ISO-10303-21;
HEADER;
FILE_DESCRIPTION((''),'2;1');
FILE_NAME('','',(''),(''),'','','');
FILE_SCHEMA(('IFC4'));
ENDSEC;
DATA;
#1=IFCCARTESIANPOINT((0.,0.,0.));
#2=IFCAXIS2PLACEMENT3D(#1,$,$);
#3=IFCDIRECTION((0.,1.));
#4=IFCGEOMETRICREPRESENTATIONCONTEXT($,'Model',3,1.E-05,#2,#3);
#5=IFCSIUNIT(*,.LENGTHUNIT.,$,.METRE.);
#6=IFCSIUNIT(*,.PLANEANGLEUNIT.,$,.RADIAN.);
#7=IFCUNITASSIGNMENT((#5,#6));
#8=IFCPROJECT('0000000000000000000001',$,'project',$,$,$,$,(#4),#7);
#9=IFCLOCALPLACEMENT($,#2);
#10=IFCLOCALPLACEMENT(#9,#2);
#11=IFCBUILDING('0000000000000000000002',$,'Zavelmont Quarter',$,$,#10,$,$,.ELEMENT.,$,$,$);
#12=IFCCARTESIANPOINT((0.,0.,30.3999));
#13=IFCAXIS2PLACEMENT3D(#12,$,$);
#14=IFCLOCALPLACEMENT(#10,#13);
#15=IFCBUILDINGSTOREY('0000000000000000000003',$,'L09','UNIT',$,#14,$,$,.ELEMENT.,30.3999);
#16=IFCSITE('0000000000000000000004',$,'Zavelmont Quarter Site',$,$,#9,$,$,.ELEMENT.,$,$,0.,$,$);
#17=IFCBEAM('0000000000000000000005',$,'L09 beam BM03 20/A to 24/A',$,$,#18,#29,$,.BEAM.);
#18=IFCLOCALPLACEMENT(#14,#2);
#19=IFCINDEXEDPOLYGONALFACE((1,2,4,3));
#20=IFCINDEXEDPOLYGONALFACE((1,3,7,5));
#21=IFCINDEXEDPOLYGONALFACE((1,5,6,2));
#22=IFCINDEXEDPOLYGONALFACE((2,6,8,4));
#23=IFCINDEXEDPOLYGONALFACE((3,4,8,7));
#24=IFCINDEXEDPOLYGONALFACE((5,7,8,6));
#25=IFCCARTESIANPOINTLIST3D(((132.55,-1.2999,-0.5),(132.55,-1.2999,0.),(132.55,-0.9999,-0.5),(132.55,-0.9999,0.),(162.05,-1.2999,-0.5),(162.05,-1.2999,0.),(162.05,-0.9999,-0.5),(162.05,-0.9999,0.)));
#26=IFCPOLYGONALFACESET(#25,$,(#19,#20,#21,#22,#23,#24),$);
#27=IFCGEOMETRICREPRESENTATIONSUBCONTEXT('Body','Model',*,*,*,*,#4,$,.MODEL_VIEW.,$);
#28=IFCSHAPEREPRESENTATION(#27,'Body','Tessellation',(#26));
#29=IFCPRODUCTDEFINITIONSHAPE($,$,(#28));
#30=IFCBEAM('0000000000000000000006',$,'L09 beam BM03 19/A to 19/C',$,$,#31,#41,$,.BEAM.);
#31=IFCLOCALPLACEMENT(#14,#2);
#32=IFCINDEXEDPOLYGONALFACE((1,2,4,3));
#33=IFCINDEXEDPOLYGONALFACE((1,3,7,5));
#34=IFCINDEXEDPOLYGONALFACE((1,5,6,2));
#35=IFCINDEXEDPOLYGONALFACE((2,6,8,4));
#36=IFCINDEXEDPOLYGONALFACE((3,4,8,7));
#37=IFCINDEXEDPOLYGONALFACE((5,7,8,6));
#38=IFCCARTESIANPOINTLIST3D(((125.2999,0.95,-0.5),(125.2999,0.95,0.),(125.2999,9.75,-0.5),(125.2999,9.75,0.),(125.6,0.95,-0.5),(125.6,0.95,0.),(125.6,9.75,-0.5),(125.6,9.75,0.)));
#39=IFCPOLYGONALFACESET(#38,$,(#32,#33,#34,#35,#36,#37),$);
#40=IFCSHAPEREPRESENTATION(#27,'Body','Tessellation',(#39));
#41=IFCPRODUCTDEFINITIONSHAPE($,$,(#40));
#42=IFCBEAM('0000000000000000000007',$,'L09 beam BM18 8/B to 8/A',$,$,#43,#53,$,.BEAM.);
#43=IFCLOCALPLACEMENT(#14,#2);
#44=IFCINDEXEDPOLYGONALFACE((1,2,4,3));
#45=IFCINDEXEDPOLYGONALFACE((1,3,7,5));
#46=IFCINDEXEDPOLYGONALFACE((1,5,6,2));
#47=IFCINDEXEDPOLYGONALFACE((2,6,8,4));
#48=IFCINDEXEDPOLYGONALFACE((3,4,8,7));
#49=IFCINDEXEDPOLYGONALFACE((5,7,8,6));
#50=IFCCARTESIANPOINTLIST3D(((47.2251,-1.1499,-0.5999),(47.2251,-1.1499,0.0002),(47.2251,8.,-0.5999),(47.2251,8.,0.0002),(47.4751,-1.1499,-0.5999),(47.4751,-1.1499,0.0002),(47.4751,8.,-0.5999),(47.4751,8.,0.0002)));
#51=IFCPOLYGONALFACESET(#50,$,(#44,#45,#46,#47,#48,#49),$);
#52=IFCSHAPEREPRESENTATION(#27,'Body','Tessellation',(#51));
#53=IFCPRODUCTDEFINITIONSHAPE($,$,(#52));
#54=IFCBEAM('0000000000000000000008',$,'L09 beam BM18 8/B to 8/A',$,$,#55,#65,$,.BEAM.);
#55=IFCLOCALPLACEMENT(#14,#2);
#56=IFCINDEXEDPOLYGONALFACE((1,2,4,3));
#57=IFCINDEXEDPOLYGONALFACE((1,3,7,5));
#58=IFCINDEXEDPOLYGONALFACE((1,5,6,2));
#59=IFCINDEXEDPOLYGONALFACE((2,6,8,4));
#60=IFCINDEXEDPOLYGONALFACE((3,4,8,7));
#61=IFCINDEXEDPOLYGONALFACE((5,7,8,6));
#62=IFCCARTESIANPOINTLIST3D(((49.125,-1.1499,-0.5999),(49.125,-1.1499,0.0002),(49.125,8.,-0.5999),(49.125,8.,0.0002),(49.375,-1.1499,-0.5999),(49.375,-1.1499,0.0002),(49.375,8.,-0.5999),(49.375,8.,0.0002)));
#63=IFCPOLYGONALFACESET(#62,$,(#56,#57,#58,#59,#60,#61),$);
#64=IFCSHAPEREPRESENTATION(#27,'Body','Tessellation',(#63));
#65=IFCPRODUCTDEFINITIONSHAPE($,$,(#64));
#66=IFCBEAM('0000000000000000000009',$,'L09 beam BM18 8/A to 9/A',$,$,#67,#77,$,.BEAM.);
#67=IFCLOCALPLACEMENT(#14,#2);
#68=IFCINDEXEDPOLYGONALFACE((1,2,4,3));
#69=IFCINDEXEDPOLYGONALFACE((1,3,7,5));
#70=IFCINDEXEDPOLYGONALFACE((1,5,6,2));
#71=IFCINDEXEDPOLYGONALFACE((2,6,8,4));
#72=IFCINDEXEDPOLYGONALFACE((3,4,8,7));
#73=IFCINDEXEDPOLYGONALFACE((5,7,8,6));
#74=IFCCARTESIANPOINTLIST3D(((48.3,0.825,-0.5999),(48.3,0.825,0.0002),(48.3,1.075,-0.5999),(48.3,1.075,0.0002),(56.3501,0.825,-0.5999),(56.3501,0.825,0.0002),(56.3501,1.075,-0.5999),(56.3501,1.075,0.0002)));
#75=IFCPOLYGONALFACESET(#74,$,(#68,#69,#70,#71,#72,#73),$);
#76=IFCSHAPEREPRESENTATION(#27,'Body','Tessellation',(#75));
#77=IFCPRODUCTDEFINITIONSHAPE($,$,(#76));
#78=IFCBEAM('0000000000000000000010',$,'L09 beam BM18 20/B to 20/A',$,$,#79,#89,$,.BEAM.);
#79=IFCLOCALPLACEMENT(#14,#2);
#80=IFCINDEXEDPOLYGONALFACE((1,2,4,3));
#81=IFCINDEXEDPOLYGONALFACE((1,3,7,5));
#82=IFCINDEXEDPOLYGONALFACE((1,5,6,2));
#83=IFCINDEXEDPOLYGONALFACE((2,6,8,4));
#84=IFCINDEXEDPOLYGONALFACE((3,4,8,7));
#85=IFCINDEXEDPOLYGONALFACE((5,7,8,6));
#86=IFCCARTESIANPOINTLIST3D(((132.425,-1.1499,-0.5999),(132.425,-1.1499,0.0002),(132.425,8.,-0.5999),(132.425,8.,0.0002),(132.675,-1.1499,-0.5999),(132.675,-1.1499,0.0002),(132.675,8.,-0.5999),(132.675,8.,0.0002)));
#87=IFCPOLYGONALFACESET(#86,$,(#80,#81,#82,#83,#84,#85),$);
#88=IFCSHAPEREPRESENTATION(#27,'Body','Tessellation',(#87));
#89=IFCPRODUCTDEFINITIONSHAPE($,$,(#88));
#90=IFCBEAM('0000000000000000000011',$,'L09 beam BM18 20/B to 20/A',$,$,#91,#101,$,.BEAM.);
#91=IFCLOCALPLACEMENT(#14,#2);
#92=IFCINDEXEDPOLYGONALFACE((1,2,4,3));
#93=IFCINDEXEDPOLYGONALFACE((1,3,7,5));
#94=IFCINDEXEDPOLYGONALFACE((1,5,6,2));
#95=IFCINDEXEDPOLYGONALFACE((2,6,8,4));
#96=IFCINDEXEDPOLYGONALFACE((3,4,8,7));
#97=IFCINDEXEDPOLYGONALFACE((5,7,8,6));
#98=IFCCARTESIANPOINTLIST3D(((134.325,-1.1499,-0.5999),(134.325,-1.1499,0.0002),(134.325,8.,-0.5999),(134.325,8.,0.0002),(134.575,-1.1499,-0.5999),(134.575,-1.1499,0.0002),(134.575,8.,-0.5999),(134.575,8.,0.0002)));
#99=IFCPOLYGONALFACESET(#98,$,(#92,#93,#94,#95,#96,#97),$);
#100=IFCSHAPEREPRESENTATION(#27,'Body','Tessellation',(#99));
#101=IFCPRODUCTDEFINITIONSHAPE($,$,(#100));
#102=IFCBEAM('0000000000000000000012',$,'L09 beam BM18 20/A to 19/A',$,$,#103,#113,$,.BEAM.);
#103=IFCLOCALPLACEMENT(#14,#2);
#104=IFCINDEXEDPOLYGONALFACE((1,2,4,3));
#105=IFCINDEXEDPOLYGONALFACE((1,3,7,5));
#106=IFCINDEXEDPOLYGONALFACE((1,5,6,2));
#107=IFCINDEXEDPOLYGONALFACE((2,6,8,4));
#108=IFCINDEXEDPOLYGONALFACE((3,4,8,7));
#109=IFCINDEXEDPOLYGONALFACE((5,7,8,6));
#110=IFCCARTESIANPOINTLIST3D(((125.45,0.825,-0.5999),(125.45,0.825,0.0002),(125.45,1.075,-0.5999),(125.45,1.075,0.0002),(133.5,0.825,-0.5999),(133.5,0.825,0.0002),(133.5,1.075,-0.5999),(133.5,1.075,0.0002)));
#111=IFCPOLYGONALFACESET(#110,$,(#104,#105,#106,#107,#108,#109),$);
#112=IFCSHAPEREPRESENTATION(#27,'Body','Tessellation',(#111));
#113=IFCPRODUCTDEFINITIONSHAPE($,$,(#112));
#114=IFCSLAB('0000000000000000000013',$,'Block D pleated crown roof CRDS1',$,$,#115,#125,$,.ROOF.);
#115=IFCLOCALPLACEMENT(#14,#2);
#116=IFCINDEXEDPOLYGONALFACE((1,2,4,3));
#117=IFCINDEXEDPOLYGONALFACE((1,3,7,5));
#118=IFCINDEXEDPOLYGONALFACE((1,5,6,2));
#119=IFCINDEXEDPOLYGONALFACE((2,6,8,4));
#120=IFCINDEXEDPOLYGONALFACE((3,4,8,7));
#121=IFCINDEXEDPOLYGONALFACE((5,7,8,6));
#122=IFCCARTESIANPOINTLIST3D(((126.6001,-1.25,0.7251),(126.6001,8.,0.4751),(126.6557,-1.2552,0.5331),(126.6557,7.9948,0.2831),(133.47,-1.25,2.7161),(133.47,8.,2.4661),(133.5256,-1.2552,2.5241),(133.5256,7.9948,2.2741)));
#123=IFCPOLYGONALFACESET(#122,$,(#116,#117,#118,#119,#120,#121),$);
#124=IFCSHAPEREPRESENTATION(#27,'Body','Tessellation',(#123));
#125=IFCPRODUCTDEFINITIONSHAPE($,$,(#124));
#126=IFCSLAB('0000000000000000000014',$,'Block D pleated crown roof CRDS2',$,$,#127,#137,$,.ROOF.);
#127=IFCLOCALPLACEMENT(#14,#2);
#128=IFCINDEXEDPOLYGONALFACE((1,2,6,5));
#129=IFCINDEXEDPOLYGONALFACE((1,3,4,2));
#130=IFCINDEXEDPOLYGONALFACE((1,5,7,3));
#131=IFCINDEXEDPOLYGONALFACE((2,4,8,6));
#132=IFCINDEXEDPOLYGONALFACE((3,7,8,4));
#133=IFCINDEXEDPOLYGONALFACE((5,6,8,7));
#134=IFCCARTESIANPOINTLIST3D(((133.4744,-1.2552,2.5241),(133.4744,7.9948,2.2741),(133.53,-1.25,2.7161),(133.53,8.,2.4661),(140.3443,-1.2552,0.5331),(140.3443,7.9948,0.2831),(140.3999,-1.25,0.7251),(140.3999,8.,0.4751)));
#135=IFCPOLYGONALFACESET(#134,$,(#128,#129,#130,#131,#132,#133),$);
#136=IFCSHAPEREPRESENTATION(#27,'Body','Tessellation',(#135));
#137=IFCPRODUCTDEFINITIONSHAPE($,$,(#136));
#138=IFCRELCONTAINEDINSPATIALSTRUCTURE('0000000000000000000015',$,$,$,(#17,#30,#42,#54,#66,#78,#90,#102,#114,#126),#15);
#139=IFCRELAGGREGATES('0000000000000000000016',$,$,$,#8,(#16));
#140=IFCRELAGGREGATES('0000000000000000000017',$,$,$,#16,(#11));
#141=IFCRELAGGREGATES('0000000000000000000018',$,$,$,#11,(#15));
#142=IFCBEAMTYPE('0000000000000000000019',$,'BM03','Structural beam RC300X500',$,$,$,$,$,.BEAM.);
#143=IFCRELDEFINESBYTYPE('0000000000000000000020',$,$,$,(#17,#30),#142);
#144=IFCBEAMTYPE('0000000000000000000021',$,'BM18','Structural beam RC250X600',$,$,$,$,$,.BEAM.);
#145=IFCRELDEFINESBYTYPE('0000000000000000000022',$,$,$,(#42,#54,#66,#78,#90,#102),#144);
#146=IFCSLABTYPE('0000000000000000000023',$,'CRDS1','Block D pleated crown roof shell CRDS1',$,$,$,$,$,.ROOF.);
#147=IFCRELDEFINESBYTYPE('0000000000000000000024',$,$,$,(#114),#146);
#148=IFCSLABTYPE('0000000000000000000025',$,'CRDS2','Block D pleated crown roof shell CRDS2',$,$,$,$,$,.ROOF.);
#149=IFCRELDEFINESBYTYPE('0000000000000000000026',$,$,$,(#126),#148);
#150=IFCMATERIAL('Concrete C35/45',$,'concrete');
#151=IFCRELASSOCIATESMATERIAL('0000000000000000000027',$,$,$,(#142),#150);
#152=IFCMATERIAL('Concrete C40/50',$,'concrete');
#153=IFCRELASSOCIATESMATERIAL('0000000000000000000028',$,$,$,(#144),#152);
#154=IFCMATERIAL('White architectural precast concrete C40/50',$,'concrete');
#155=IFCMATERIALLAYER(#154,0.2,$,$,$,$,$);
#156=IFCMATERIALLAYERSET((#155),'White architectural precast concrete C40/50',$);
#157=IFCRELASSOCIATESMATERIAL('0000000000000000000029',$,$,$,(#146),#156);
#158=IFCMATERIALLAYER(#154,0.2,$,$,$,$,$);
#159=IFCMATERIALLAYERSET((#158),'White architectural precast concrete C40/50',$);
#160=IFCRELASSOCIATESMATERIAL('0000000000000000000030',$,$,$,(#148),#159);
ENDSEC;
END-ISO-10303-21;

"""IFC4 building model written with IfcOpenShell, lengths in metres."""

from ifc_helpers import new_model, si_unit, direction, frame, origin, origin_2d, place, context, subcontext, project, spatial, polyline, rectangle, outline, extrude, material, layer, layer_set, material_profile, profile_set, type_object, element, save


model = new_model("IFC4")

# Units and contexts
model_context = context("Model", 3, precision=1e-05, world=origin(), true_north=direction((0.0, 1.0)))
body_context = subcontext(model_context, "Body", "Model", "MODEL_VIEW")
ifc_project = project(units=[si_unit("LENGTHUNIT", "METRE"), si_unit("PLANEANGLEUNIT", "RADIAN")], contexts=[model_context])

# Site, building, storey
site_placement = place(None, origin())
site = spatial("IfcSite", under=ifc_project, at=site_placement, Name="Zavelmont Quarter Site", CompositionType="ELEMENT", RefElevation=0.0)
building_placement = place(site_placement, origin())
building = spatial("IfcBuilding", under=site, at=building_placement, Name="Zavelmont Quarter", CompositionType="ELEMENT")
storey_placement = place(building_placement, frame((0.0, 0.0, 30.3999)))
storey = spatial("IfcBuildingStorey", under=building, at=storey_placement, Name="L09", Description="UNIT", CompositionType="ELEMENT", Elevation=30.3999)

# Shared definitions
ifc_material_1 = material(Name="Concrete C35/45", Category="concrete")

# Beams
ifc_material_profile_1 = material_profile(ifc_material_1, rectangle(XDim=0.3, YDim=0.5, at=origin_2d()), Name="RC300X500")
ifc_profile_set_1 = profile_set([ifc_material_profile_1], Name="Concrete C35/45")
beam_type_1 = type_object("IfcBeamType", Name="BM03", Description="Structural beam RC300X500", PredefinedType="BEAM", material=ifc_profile_set_1)
beam_1_placement = place(storey_placement, frame((132.55, -1.1499, -0.25), z_axis=(1.0, 0.0, 0.0), x_axis=(0.0, 1.0, 0.0)))
element("IfcBeam", 1, at=beam_1_placement, inside=storey, type_object=beam_type_1, Name="L09 beam BM03 20/A to 24/A", PredefinedType="BEAM", context=body_context, shape_type="SweptSolid", body=[
    extrude(rectangle(XDim=0.3, YDim=0.5, at=origin_2d()), origin(), (0.0, 0.0, 1.0), 29.5),
])
beam_2_placement = place(storey_placement, frame((125.45, 0.95, -0.25), z_axis=(0.0, 1.0, 0.0), x_axis=(-1.0, 0.0, 0.0)))
element("IfcBeam", 2, at=beam_2_placement, inside=storey, type_object=beam_type_1, Name="L09 beam BM03 19/A to 19/C", PredefinedType="BEAM", context=body_context, shape_type="SweptSolid", body=[
    extrude(rectangle(XDim=0.3, YDim=0.5, at=origin_2d()), origin(), (0.0, 0.0, 1.0), 8.8),
])
ifc_material_2 = material(Name="Concrete C40/50", Category="concrete")
ifc_material_profile_2 = material_profile(ifc_material_2, rectangle(XDim=0.25, YDim=0.6001, at=origin_2d()), Name="RC250X600")
ifc_profile_set_2 = profile_set([ifc_material_profile_2], Name="Concrete C40/50")
beam_type_2 = type_object("IfcBeamType", Name="BM18", Description="Structural beam RC250X600", PredefinedType="BEAM", material=ifc_profile_set_2)
for number, where, z_axis, x_axis, name in (
    (3, (47.3501, 8.0, -0.2998), (0.0, -1.0, 0.0), (1.0, 0.0, 0.0), "L09 beam BM18 8/B to 8/A"),
    (4, (49.25, 8.0, -0.2998), (0.0, -1.0, 0.0), (1.0, 0.0, 0.0), "L09 beam BM18 8/B to 8/A"),
):
    element("IfcBeam", number, at=place(storey_placement, frame(where, z_axis=z_axis, x_axis=x_axis)), inside=storey, type_object=beam_type_2, Name=name, PredefinedType="BEAM", context=body_context, shape_type="SweptSolid", body=[
        extrude(rectangle(XDim=0.25, YDim=0.6001, at=origin_2d()), origin(), (0.0, 0.0, 1.0), 9.1499),
    ])
beam_3_placement = place(storey_placement, frame((48.3, 0.95, -0.2998), z_axis=(1.0, 0.0, 0.0), x_axis=(0.0, 1.0, 0.0)))
element("IfcBeam", 5, at=beam_3_placement, inside=storey, type_object=beam_type_2, Name="L09 beam BM18 8/A to 9/A", PredefinedType="BEAM", context=body_context, shape_type="SweptSolid", body=[
    extrude(rectangle(XDim=0.25, YDim=0.6001, at=origin_2d()), origin(), (0.0, 0.0, 1.0), 8.05),
])
for number, where, z_axis, x_axis, name in (
    (6, (132.55, 8.0, -0.2998), (0.0, -1.0, 0.0), (1.0, 0.0, 0.0), "L09 beam BM18 20/B to 20/A"),
    (7, (134.45, 8.0, -0.2998), (0.0, -1.0, 0.0), (1.0, 0.0, 0.0), "L09 beam BM18 20/B to 20/A"),
):
    element("IfcBeam", number, at=place(storey_placement, frame(where, z_axis=z_axis, x_axis=x_axis)), inside=storey, type_object=beam_type_2, Name=name, PredefinedType="BEAM", context=body_context, shape_type="SweptSolid", body=[
        extrude(rectangle(XDim=0.25, YDim=0.6001, at=origin_2d()), origin(), (0.0, 0.0, 1.0), 9.1499),
    ])
beam_4_placement = place(storey_placement, frame((133.5, 0.95, -0.2998), z_axis=(-1.0, 0.0, 0.0), x_axis=(0.0, -1.0, 0.0)))
element("IfcBeam", 8, at=beam_4_placement, inside=storey, type_object=beam_type_2, Name="L09 beam BM18 20/A to 19/A", PredefinedType="BEAM", context=body_context, shape_type="SweptSolid", body=[
    extrude(rectangle(XDim=0.25, YDim=0.6001, at=origin_2d()), origin(), (0.0, 0.0, 1.0), 8.05),
])

# Slabs
ifc_material_3 = material(Name="White architectural precast concrete C40/50", Category="concrete")
ifc_layer_1 = layer(ifc_material_3, 0.2)
ifc_layer_set_1 = layer_set([ifc_layer_1], Name="White architectural precast concrete C40/50")
slab_type_1 = type_object("IfcSlabType", Name="CRDS1", Description="Block D pleated crown roof shell CRDS1", PredefinedType="ROOF", material=ifc_layer_set_1)
slab_1_placement = place(storey_placement, frame((126.6001, -1.25, 0.7251), z_axis=(-0.278264, 0.02595, 0.960154), x_axis=(0.960478, 0.0, 0.278357)))
element("IfcSlab", 9, at=slab_1_placement, inside=storey, type_object=slab_type_1, Name="Block D pleated crown roof CRDS1", PredefinedType="ROOF", context=body_context, shape_type="SweptSolid", body=[
    extrude(outline(polyline([(0.0, 0.0), (7.1526, 0.0), (7.083, 9.2531), (-0.0696, 9.2531), (0.0, 0.0)])), origin(), (0.0, 0.0, -1.0), 0.2),
])
ifc_layer_2 = layer(ifc_material_3, 0.2)
ifc_layer_set_2 = layer_set([ifc_layer_2], Name="White architectural precast concrete C40/50")
slab_type_2 = type_object("IfcSlabType", Name="CRDS2", Description="Block D pleated crown roof shell CRDS2", PredefinedType="ROOF", material=ifc_layer_set_2)
slab_2_placement = place(storey_placement, frame((133.53, -1.25, 2.7161), z_axis=(0.278264, 0.02595, 0.960154), x_axis=(0.960478, 0.0, -0.278357)))
element("IfcSlab", 10, at=slab_2_placement, inside=storey, type_object=slab_type_2, Name="Block D pleated crown roof CRDS2", PredefinedType="ROOF", context=body_context, shape_type="SweptSolid", body=[
    extrude(outline(polyline([(0.0, 0.0), (7.1526, 0.0), (7.2221, 9.2531), (0.0696, 9.2531), (0.0, 0.0)])), origin(), (0.0, 0.0, -1.0), 0.2),
])

save(model, "model.ifc")
